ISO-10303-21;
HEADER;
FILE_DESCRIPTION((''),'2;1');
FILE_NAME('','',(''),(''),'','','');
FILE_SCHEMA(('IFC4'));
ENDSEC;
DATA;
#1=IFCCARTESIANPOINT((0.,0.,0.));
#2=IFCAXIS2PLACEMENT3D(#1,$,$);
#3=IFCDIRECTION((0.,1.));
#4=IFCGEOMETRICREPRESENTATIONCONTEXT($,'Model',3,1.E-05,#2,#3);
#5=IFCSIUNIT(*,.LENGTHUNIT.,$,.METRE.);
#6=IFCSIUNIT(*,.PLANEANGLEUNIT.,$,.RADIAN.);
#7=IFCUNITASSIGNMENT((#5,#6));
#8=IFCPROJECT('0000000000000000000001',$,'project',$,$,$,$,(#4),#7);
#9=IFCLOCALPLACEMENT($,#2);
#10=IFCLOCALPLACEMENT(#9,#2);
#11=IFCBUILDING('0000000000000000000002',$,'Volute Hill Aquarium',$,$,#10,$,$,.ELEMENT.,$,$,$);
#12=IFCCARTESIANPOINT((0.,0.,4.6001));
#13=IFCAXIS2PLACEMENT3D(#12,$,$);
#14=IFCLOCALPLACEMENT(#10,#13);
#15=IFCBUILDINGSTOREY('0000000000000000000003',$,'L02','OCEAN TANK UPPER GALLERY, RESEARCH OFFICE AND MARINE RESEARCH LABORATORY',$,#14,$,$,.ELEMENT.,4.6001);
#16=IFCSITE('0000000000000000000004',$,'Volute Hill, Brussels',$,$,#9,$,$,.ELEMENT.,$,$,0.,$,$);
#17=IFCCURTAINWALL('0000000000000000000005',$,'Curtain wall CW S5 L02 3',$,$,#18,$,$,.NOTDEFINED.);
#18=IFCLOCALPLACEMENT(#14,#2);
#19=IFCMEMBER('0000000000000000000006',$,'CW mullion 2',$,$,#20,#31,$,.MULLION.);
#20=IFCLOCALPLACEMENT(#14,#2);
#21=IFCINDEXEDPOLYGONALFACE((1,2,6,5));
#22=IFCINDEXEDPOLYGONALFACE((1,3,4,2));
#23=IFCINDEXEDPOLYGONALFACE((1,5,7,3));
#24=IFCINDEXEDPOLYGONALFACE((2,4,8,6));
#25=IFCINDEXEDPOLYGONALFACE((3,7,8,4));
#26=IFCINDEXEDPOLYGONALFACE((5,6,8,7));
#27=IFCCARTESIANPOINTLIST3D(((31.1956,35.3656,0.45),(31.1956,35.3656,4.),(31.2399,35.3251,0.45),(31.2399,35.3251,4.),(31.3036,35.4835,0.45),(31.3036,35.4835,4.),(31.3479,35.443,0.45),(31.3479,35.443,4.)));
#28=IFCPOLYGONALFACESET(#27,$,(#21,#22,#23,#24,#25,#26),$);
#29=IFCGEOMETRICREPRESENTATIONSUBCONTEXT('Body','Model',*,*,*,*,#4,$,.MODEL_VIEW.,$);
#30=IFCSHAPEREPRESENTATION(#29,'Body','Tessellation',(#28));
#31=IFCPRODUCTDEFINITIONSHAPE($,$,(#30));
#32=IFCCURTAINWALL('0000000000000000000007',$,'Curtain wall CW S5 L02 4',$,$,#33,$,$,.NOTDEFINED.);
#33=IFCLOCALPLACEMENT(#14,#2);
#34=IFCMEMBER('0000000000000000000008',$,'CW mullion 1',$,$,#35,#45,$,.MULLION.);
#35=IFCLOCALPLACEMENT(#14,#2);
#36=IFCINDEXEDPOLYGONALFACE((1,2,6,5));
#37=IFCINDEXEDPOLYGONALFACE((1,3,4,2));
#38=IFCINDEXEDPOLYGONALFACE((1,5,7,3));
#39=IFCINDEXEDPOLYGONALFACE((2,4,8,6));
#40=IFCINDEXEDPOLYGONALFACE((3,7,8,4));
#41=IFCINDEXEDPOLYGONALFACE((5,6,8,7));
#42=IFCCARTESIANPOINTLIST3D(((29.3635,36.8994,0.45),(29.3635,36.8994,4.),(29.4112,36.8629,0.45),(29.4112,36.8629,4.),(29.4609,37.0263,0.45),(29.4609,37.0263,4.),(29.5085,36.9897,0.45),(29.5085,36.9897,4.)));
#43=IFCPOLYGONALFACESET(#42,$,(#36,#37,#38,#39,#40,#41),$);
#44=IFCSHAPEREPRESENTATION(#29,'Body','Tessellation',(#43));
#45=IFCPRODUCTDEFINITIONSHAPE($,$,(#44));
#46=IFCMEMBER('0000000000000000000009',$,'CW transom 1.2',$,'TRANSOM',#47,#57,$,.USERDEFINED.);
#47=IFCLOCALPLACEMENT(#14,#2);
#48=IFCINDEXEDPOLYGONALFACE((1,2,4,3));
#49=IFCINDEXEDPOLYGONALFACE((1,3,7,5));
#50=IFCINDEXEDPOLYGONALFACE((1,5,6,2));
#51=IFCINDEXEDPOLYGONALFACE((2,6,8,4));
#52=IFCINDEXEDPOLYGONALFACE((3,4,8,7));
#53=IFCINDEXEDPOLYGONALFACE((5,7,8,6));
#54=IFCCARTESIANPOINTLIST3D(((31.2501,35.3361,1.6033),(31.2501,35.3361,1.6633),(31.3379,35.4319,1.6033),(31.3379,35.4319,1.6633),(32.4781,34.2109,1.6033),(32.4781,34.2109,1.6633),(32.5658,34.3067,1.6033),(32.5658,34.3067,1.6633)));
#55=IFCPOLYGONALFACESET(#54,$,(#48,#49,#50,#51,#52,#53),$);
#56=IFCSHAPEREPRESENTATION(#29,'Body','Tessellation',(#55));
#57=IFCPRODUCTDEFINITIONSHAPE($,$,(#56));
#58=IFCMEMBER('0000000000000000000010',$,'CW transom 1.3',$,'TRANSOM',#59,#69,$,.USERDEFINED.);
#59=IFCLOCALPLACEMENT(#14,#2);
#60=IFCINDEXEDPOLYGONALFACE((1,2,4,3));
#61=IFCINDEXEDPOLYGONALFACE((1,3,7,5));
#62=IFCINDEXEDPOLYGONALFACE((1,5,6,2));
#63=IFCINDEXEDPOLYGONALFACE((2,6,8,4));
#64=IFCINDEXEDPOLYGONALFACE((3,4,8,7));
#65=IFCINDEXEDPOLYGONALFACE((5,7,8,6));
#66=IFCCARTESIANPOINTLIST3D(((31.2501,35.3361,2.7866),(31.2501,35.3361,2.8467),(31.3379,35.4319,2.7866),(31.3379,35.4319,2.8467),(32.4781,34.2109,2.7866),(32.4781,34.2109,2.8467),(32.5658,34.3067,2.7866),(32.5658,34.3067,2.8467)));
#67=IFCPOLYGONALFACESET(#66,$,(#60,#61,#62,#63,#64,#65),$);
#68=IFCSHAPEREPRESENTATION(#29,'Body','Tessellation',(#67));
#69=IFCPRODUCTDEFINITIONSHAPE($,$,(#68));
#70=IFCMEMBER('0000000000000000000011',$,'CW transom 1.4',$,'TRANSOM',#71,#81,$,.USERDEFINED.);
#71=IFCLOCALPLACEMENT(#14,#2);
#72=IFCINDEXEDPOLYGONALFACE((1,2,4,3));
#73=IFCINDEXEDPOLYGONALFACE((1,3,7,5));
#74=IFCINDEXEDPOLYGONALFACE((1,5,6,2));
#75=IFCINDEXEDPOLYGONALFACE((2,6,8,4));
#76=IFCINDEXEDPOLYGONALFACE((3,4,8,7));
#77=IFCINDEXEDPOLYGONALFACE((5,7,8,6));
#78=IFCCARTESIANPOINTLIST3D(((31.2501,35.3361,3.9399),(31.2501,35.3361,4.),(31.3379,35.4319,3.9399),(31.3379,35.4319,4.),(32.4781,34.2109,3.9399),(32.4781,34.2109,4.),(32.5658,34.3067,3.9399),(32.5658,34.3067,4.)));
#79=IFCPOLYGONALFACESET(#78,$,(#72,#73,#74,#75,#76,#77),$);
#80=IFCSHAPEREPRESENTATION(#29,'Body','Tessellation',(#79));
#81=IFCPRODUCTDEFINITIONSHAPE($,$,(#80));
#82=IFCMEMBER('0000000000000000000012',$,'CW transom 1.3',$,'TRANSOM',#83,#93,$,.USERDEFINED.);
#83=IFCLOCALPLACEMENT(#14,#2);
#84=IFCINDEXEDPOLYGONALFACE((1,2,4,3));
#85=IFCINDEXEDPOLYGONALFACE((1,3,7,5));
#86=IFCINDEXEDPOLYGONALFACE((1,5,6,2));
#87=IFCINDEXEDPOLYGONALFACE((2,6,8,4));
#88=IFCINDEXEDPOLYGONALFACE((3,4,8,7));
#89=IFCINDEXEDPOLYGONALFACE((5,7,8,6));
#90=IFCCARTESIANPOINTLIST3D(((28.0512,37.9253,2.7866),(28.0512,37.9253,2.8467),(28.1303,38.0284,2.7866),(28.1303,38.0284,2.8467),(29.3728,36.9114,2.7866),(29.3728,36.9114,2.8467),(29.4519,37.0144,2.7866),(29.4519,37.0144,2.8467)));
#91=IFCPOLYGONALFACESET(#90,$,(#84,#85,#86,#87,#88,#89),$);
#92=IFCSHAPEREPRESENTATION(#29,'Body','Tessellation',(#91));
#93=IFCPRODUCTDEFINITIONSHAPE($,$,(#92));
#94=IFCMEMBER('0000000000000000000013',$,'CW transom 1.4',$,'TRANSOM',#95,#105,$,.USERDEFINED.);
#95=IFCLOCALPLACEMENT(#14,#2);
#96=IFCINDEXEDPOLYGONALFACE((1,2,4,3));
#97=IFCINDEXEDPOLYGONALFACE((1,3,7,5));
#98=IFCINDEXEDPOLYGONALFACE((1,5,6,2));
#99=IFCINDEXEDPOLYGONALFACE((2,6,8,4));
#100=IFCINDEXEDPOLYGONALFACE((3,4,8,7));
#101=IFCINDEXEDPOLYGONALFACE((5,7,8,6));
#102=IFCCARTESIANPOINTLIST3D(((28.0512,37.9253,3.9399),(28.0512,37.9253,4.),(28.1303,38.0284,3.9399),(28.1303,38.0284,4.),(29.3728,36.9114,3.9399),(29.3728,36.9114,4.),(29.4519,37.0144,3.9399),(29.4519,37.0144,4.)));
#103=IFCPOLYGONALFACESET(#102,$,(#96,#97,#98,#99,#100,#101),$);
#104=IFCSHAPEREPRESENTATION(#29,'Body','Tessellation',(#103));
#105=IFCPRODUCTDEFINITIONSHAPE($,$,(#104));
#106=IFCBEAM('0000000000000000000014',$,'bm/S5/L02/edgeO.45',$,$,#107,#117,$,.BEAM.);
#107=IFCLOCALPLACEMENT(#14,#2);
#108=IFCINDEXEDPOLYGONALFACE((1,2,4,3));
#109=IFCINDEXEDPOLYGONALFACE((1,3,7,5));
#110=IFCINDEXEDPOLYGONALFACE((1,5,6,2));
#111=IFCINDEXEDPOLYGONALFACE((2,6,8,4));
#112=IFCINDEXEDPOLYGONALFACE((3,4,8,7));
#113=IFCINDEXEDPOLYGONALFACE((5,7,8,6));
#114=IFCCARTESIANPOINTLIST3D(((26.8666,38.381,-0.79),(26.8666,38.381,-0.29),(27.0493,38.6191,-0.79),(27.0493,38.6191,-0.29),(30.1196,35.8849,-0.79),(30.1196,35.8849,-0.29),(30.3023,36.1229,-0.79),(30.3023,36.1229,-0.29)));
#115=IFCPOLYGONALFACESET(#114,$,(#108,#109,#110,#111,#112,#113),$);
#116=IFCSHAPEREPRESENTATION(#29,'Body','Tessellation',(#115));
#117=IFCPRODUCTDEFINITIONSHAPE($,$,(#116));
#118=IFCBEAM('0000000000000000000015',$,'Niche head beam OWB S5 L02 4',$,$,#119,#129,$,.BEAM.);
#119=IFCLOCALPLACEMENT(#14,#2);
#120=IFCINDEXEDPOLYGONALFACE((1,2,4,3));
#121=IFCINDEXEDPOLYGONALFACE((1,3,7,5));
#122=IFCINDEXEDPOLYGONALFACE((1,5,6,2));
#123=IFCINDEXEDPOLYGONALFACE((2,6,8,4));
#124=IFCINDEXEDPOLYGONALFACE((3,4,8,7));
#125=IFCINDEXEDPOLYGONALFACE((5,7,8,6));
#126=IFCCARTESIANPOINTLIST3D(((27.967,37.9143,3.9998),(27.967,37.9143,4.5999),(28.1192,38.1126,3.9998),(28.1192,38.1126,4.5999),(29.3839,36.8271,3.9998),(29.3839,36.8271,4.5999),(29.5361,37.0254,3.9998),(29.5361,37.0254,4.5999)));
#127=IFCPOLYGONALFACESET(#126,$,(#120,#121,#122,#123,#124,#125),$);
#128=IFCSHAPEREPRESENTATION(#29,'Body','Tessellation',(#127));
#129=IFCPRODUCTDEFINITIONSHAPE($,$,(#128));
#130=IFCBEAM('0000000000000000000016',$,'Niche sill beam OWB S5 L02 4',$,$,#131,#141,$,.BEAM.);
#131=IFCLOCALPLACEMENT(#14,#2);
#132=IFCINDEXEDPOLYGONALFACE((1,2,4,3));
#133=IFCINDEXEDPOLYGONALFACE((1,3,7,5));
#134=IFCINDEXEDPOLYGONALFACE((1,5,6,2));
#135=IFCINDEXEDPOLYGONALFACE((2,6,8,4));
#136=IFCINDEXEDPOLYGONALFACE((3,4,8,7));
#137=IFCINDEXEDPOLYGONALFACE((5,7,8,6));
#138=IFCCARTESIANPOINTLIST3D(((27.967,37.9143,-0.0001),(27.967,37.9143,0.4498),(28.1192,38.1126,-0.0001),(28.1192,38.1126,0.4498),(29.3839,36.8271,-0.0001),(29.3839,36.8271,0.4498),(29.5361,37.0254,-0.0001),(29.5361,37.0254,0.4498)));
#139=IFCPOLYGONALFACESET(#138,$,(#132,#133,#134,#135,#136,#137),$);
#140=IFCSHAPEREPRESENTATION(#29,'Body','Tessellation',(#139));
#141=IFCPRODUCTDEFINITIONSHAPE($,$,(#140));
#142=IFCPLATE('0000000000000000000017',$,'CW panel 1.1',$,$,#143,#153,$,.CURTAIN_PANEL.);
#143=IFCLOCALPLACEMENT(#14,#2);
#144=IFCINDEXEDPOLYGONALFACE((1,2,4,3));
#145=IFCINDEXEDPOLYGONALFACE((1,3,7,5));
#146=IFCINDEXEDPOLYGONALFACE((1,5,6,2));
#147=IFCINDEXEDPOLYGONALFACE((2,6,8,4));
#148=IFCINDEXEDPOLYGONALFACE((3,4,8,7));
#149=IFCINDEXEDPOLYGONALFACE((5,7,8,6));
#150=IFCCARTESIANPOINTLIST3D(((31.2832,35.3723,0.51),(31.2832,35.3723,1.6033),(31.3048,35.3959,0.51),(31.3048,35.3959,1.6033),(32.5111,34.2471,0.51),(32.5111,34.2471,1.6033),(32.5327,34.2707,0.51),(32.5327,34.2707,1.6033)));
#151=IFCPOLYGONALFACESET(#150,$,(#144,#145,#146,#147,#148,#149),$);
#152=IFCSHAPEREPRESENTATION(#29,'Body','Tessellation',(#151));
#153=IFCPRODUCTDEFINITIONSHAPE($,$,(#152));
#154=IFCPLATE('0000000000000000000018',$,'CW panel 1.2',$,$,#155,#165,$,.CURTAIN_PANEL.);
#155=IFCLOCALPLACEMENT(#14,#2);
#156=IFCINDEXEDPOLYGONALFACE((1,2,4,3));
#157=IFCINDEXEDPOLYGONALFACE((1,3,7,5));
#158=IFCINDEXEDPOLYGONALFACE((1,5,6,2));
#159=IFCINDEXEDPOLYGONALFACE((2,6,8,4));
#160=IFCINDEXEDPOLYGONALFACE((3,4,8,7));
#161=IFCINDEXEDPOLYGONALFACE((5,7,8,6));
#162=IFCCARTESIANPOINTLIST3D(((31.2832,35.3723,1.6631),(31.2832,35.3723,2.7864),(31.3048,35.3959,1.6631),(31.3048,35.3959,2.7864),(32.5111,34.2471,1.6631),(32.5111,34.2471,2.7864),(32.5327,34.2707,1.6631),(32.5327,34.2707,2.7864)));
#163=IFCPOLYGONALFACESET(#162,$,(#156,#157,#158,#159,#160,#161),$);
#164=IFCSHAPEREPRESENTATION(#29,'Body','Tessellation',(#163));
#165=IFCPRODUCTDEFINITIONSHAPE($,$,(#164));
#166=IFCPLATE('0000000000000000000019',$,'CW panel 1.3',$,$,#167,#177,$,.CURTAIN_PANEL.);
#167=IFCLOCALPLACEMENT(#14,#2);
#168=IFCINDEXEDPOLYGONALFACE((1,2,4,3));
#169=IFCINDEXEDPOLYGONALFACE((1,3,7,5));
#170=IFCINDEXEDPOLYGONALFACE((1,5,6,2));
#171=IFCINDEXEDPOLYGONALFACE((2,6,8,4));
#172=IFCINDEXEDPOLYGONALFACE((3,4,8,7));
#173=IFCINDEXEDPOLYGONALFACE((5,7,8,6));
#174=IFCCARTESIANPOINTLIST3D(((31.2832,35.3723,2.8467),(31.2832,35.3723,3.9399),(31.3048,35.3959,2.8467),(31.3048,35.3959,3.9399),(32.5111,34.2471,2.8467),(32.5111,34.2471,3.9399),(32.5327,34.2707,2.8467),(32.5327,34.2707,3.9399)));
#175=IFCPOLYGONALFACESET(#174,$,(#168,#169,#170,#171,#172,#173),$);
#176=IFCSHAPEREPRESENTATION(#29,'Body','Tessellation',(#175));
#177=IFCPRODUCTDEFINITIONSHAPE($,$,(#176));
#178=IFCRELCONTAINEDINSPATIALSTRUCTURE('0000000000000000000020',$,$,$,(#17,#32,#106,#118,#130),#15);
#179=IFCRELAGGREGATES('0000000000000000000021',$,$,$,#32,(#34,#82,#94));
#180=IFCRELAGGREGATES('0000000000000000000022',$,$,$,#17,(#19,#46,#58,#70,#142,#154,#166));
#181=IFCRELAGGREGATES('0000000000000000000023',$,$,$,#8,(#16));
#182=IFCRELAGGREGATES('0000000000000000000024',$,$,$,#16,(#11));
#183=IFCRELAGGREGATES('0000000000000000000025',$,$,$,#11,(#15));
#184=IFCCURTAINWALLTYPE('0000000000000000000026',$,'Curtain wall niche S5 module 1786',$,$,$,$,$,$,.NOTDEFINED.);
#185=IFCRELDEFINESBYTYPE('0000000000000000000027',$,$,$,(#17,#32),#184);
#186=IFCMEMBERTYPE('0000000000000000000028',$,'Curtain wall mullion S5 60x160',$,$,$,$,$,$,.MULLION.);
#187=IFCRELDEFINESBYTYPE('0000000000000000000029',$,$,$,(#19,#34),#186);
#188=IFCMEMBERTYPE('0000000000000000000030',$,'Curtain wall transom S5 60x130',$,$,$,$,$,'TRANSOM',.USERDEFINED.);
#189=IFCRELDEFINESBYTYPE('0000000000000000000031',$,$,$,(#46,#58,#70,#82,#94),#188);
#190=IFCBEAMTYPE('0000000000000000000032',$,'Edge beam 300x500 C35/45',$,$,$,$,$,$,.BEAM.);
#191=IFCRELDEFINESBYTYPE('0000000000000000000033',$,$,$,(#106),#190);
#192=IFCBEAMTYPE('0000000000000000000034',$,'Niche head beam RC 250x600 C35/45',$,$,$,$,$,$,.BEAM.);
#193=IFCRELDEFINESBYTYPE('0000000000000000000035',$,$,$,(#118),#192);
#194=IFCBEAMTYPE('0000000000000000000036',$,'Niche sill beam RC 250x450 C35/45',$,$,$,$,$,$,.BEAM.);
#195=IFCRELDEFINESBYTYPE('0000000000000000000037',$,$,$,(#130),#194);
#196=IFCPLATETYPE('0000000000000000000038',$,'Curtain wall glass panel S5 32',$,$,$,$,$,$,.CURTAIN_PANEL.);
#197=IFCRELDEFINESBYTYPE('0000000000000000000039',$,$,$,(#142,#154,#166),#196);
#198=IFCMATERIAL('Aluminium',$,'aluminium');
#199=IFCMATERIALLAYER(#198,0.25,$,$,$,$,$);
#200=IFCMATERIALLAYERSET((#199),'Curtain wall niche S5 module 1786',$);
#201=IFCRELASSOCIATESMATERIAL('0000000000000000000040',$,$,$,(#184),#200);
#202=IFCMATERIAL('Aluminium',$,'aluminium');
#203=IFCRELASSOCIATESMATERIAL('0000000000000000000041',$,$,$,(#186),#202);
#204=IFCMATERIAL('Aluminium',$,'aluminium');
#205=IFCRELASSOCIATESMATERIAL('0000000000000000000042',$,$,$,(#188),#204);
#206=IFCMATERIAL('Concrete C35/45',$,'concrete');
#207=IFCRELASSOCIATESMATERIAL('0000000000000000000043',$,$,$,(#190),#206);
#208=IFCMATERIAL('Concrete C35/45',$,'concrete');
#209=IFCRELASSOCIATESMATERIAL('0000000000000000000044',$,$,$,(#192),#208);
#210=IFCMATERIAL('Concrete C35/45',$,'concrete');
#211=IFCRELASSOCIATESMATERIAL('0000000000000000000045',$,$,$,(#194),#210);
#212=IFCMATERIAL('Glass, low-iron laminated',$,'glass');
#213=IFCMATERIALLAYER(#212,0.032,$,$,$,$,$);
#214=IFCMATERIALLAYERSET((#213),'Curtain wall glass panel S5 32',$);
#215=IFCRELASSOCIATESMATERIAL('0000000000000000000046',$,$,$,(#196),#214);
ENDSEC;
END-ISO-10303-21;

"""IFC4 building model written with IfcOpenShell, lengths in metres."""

from ifc_helpers import new_model, si_unit, direction, frame, origin, origin_2d, place, context, subcontext, project, spatial, rectangle, extrude, material, layer, layer_set, material_profile, profile_set, type_object, element, aggregate, save


model = new_model("IFC4")

# Units and contexts
model_context = context("Model", 3, precision=1e-05, world=origin(), true_north=direction((0.0, 1.0)))
body_context = subcontext(model_context, "Body", "Model", "MODEL_VIEW")
ifc_project = project(units=[si_unit("LENGTHUNIT", "METRE"), si_unit("PLANEANGLEUNIT", "RADIAN")], contexts=[model_context])

# Site, building, storey
site_placement = place(None, origin())
site = spatial("IfcSite", under=ifc_project, at=site_placement, Name="Volute Hill, Brussels", CompositionType="ELEMENT", RefElevation=0.0)
building_placement = place(site_placement, origin())
building = spatial("IfcBuilding", under=site, at=building_placement, Name="Volute Hill Aquarium", CompositionType="ELEMENT")
storey_placement = place(building_placement, frame((0.0, 0.0, 4.6001)))
storey = spatial("IfcBuildingStorey", under=building, at=storey_placement, Name="L02", Description="OCEAN TANK UPPER GALLERY, RESEARCH OFFICE AND MARINE RESEARCH LABORATORY", CompositionType="ELEMENT", Elevation=4.6001)

# Curtain walls, members
ifc_material_1 = material(Name="Aluminium", Category="aluminium")
ifc_layer_1 = layer(ifc_material_1, 0.25)
ifc_layer_set_1 = layer_set([ifc_layer_1], Name="Curtain wall niche S5 module 1786")
curtain_wall_type = type_object("IfcCurtainWallType", Name="Curtain wall niche S5 module 1786", PredefinedType="NOTDEFINED", material=ifc_layer_set_1)
curtain_wall_1_placement = place(storey_placement, origin())
curtain_wall_1 = element("IfcCurtainWall", 1, at=curtain_wall_1_placement, inside=storey, type_object=curtain_wall_type, Name="Curtain wall CW S5 L02 3", PredefinedType="NOTDEFINED")
ifc_material_2 = material(Name="Aluminium", Category="aluminium")
ifc_material_profile_1 = material_profile(ifc_material_2, rectangle(XDim=0.1599, YDim=0.0601, at=origin_2d()), Name="Curtain wall mullion S5 60x160")
ifc_profile_set_1 = profile_set([ifc_material_profile_1], Name="Aluminium")
member_type_1 = type_object("IfcMemberType", Name="Curtain wall mullion S5 60x160", PredefinedType="MULLION", material=ifc_profile_set_1)
member_1_placement = place(storey_placement, frame((31.2717, 35.4043, 0.45), z_axis=(0.0, 0.0, 1.0), x_axis=(-0.675585, -0.737282, 0.0)))
member_1 = element("IfcMember", 2, at=member_1_placement, type_object=member_type_1, Name="CW mullion 2", PredefinedType="MULLION", context=body_context, shape_type="SweptSolid", body=[
    extrude(rectangle(XDim=0.1599, YDim=0.0601, at=origin_2d()), origin(), (0.0, 0.0, 1.0), 3.55),
])
curtain_wall_2_placement = place(storey_placement, origin())
curtain_wall_2 = element("IfcCurtainWall", 3, at=curtain_wall_2_placement, inside=storey, type_object=curtain_wall_type, Name="Curtain wall CW S5 L02 4", PredefinedType="NOTDEFINED")
member_2_placement = place(storey_placement, frame((29.436, 36.9446, 0.45), z_axis=(0.0, 0.0, 1.0), x_axis=(-0.608755, -0.793358, 0.0)))
member_2 = element("IfcMember", 4, at=member_2_placement, type_object=member_type_1, Name="CW mullion 1", PredefinedType="MULLION", context=body_context, shape_type="SweptSolid", body=[
    extrude(rectangle(XDim=0.1599, YDim=0.0601, at=origin_2d()), origin(), (0.0, 0.0, 1.0), 3.55),
])

# Members
ifc_material_3 = material(Name="Aluminium", Category="aluminium")
ifc_material_profile_2 = material_profile(ifc_material_3, rectangle(XDim=0.1299, YDim=0.0601, at=origin_2d()), Name="Curtain wall transom S5 60x130")
ifc_profile_set_2 = profile_set([ifc_material_profile_2], Name="Aluminium")
member_type_2 = type_object("IfcMemberType", Name="Curtain wall transom S5 60x130", ElementType="TRANSOM", PredefinedType="USERDEFINED", material=ifc_profile_set_2)
member_3_placement = place(storey_placement, frame((32.522, 34.2588, 1.6333), z_axis=(-0.737288, 0.675579, 0.0), x_axis=(-0.675579, -0.737288, 0.0)))
member_3 = element("IfcMember", 5, at=member_3_placement, type_object=member_type_2, Name="CW transom 1.2", ObjectType="TRANSOM", PredefinedType="USERDEFINED", context=body_context, shape_type="SweptSolid", body=[
    extrude(rectangle(XDim=0.1299, YDim=0.0601, at=origin_2d()), origin(), (0.0, 0.0, 1.0), 1.6655),
])
member_4_placement = place(storey_placement, frame((32.522, 34.2588, 2.8167), z_axis=(-0.737288, 0.675579, 0.0), x_axis=(-0.675579, -0.737288, 0.0)))
member_4 = element("IfcMember", 6, at=member_4_placement, type_object=member_type_2, Name="CW transom 1.3", ObjectType="TRANSOM", PredefinedType="USERDEFINED", context=body_context, shape_type="SweptSolid", body=[
    extrude(rectangle(XDim=0.1299, YDim=0.0601, at=origin_2d()), origin(), (0.0, 0.0, 1.0), 1.6655),
])
member_5_placement = place(storey_placement, frame((32.522, 34.2588, 3.97), z_axis=(-0.737288, 0.675579, 0.0), x_axis=(-0.675579, -0.737288, 0.0)))
member_5 = element("IfcMember", 7, at=member_5_placement, type_object=member_type_2, Name="CW transom 1.4", ObjectType="TRANSOM", PredefinedType="USERDEFINED", context=body_context, shape_type="SweptSolid", body=[
    extrude(rectangle(XDim=0.1299, YDim=0.0601, at=origin_2d()), origin(), (0.0, 0.0, 1.0), 1.6655),
])
member_6_placement = place(storey_placement, frame((29.4124, 36.9629, 2.8167), z_axis=(-0.793392, 0.608712, 0.0), x_axis=(-0.608712, -0.793392, 0.0)))
member_6 = element("IfcMember", 8, at=member_6_placement, type_object=member_type_2, Name="CW transom 1.3", ObjectType="TRANSOM", PredefinedType="USERDEFINED", context=body_context, shape_type="SweptSolid", body=[
    extrude(rectangle(XDim=0.1299, YDim=0.0601, at=origin_2d()), origin(), (0.0, 0.0, 1.0), 1.6658),
])
member_7_placement = place(storey_placement, frame((29.4124, 36.9629, 3.97), z_axis=(-0.793392, 0.608712, 0.0), x_axis=(-0.608712, -0.793392, 0.0)))
member_7 = element("IfcMember", 9, at=member_7_placement, type_object=member_type_2, Name="CW transom 1.4", ObjectType="TRANSOM", PredefinedType="USERDEFINED", context=body_context, shape_type="SweptSolid", body=[
    extrude(rectangle(XDim=0.1299, YDim=0.0601, at=origin_2d()), origin(), (0.0, 0.0, 1.0), 1.6658),
])
aggregate(curtain_wall_2, [member_2, member_6, member_7])

# Beams
ifc_material_4 = material(Name="Concrete C35/45", Category="concrete")
ifc_material_profile_3 = material_profile(ifc_material_4, rectangle(XDim=0.3, YDim=0.5, at=origin_2d()), Name="RC edge beam 300x500")
ifc_profile_set_3 = profile_set([ifc_material_profile_3], Name="Concrete C35/45")
beam_type_1 = type_object("IfcBeamType", Name="Edge beam 300x500 C35/45", PredefinedType="BEAM", material=ifc_profile_set_3)
beam_1_placement = place(storey_placement, frame((30.2109, 36.0039, -0.54), z_axis=(-0.793349, 0.608766, 0.0), x_axis=(-0.608766, -0.793349, 0.0)))
element("IfcBeam", 10, at=beam_1_placement, inside=storey, type_object=beam_type_1, Name="bm/S5/L02/edgeO.45", PredefinedType="BEAM", context=body_context, shape_type="SweptSolid", body=[
    extrude(rectangle(XDim=0.3, YDim=0.5, at=origin_2d()), origin(), (0.0, 0.0, 1.0), 4.1003),
])
ifc_material_5 = material(Name="Concrete C35/45", Category="concrete")
ifc_material_profile_4 = material_profile(ifc_material_5, rectangle(XDim=0.25, YDim=0.6001, at=origin_2d()), Name="RC beam 250x600")
ifc_profile_set_4 = profile_set([ifc_material_profile_4], Name="Concrete C35/45")
beam_type_2 = type_object("IfcBeamType", Name="Niche head beam RC 250x600 C35/45", PredefinedType="BEAM", material=ifc_profile_set_4)
beam_2_placement = place(storey_placement, frame((29.46, 36.9263, 4.2998), z_axis=(-0.79334, 0.608779, 0.0), x_axis=(-0.608779, -0.79334, 0.0)))
element("IfcBeam", 11, at=beam_2_placement, inside=storey, type_object=beam_type_2, Name="Niche head beam OWB S5 L02 4", PredefinedType="BEAM", context=body_context, shape_type="SweptSolid", body=[
    extrude(rectangle(XDim=0.25, YDim=0.6001, at=origin_2d()), origin(), (0.0, 0.0, 1.0), 1.7859),
])
ifc_material_6 = material(Name="Concrete C35/45", Category="concrete")
ifc_material_profile_5 = material_profile(ifc_material_6, rectangle(XDim=0.25, YDim=0.45, at=origin_2d()), Name="RC beam 250x450")
ifc_profile_set_5 = profile_set([ifc_material_profile_5], Name="Concrete C35/45")
beam_type_3 = type_object("IfcBeamType", Name="Niche sill beam RC 250x450 C35/45", PredefinedType="BEAM", material=ifc_profile_set_5)
beam_3_placement = place(storey_placement, frame((29.46, 36.9263, 0.2249), z_axis=(-0.79334, 0.608779, 0.0), x_axis=(-0.608779, -0.79334, 0.0)))
element("IfcBeam", 12, at=beam_3_placement, inside=storey, type_object=beam_type_3, Name="Niche sill beam OWB S5 L02 4", PredefinedType="BEAM", context=body_context, shape_type="SweptSolid", body=[
    extrude(rectangle(XDim=0.25, YDim=0.45, at=origin_2d()), origin(), (0.0, 0.0, 1.0), 1.7859),
])

# Plates
ifc_material_7 = material(Name="Glass, low-iron laminated", Category="glass")
ifc_layer_2 = layer(ifc_material_7, 0.032)
ifc_layer_set_2 = layer_set([ifc_layer_2], Name="Curtain wall glass panel S5 32")
plate_type = type_object("IfcPlateType", Name="Curtain wall glass panel S5 32", PredefinedType="CURTAIN_PANEL", material=ifc_layer_set_2)
plate_1_placement = place(storey_placement, frame((31.908, 34.8215, 0.51), z_axis=(0.0, 0.0, 1.0), x_axis=(-0.737282, 0.675585, 0.0)))
plate_1 = element("IfcPlate", 13, at=plate_1_placement, type_object=plate_type, Name="CW panel 1.1", PredefinedType="CURTAIN_PANEL", context=body_context, shape_type="SweptSolid", body=[
    extrude(rectangle(XDim=1.6655, YDim=0.032, at=origin_2d()), origin(), (0.0, 0.0, 1.0), 1.0933),
])
plate_2_placement = place(storey_placement, frame((31.908, 34.8215, 1.6631), z_axis=(0.0, 0.0, 1.0), x_axis=(-0.737282, 0.675585, 0.0)))
plate_2 = element("IfcPlate", 14, at=plate_2_placement, type_object=plate_type, Name="CW panel 1.2", PredefinedType="CURTAIN_PANEL", context=body_context, shape_type="SweptSolid", body=[
    extrude(rectangle(XDim=1.6655, YDim=0.032, at=origin_2d()), origin(), (0.0, 0.0, 1.0), 1.1233),
])
plate_3_placement = place(storey_placement, frame((31.908, 34.8215, 2.8467), z_axis=(0.0, 0.0, 1.0), x_axis=(-0.737282, 0.675585, 0.0)))
plate_3 = element("IfcPlate", 15, at=plate_3_placement, type_object=plate_type, Name="CW panel 1.3", PredefinedType="CURTAIN_PANEL", context=body_context, shape_type="SweptSolid", body=[
    extrude(rectangle(XDim=1.6655, YDim=0.032, at=origin_2d()), origin(), (0.0, 0.0, 1.0), 1.0933),
])
aggregate(curtain_wall_1, [member_1, member_3, member_4, member_5, plate_1, plate_2, plate_3])

save(model, "model.ifc")
